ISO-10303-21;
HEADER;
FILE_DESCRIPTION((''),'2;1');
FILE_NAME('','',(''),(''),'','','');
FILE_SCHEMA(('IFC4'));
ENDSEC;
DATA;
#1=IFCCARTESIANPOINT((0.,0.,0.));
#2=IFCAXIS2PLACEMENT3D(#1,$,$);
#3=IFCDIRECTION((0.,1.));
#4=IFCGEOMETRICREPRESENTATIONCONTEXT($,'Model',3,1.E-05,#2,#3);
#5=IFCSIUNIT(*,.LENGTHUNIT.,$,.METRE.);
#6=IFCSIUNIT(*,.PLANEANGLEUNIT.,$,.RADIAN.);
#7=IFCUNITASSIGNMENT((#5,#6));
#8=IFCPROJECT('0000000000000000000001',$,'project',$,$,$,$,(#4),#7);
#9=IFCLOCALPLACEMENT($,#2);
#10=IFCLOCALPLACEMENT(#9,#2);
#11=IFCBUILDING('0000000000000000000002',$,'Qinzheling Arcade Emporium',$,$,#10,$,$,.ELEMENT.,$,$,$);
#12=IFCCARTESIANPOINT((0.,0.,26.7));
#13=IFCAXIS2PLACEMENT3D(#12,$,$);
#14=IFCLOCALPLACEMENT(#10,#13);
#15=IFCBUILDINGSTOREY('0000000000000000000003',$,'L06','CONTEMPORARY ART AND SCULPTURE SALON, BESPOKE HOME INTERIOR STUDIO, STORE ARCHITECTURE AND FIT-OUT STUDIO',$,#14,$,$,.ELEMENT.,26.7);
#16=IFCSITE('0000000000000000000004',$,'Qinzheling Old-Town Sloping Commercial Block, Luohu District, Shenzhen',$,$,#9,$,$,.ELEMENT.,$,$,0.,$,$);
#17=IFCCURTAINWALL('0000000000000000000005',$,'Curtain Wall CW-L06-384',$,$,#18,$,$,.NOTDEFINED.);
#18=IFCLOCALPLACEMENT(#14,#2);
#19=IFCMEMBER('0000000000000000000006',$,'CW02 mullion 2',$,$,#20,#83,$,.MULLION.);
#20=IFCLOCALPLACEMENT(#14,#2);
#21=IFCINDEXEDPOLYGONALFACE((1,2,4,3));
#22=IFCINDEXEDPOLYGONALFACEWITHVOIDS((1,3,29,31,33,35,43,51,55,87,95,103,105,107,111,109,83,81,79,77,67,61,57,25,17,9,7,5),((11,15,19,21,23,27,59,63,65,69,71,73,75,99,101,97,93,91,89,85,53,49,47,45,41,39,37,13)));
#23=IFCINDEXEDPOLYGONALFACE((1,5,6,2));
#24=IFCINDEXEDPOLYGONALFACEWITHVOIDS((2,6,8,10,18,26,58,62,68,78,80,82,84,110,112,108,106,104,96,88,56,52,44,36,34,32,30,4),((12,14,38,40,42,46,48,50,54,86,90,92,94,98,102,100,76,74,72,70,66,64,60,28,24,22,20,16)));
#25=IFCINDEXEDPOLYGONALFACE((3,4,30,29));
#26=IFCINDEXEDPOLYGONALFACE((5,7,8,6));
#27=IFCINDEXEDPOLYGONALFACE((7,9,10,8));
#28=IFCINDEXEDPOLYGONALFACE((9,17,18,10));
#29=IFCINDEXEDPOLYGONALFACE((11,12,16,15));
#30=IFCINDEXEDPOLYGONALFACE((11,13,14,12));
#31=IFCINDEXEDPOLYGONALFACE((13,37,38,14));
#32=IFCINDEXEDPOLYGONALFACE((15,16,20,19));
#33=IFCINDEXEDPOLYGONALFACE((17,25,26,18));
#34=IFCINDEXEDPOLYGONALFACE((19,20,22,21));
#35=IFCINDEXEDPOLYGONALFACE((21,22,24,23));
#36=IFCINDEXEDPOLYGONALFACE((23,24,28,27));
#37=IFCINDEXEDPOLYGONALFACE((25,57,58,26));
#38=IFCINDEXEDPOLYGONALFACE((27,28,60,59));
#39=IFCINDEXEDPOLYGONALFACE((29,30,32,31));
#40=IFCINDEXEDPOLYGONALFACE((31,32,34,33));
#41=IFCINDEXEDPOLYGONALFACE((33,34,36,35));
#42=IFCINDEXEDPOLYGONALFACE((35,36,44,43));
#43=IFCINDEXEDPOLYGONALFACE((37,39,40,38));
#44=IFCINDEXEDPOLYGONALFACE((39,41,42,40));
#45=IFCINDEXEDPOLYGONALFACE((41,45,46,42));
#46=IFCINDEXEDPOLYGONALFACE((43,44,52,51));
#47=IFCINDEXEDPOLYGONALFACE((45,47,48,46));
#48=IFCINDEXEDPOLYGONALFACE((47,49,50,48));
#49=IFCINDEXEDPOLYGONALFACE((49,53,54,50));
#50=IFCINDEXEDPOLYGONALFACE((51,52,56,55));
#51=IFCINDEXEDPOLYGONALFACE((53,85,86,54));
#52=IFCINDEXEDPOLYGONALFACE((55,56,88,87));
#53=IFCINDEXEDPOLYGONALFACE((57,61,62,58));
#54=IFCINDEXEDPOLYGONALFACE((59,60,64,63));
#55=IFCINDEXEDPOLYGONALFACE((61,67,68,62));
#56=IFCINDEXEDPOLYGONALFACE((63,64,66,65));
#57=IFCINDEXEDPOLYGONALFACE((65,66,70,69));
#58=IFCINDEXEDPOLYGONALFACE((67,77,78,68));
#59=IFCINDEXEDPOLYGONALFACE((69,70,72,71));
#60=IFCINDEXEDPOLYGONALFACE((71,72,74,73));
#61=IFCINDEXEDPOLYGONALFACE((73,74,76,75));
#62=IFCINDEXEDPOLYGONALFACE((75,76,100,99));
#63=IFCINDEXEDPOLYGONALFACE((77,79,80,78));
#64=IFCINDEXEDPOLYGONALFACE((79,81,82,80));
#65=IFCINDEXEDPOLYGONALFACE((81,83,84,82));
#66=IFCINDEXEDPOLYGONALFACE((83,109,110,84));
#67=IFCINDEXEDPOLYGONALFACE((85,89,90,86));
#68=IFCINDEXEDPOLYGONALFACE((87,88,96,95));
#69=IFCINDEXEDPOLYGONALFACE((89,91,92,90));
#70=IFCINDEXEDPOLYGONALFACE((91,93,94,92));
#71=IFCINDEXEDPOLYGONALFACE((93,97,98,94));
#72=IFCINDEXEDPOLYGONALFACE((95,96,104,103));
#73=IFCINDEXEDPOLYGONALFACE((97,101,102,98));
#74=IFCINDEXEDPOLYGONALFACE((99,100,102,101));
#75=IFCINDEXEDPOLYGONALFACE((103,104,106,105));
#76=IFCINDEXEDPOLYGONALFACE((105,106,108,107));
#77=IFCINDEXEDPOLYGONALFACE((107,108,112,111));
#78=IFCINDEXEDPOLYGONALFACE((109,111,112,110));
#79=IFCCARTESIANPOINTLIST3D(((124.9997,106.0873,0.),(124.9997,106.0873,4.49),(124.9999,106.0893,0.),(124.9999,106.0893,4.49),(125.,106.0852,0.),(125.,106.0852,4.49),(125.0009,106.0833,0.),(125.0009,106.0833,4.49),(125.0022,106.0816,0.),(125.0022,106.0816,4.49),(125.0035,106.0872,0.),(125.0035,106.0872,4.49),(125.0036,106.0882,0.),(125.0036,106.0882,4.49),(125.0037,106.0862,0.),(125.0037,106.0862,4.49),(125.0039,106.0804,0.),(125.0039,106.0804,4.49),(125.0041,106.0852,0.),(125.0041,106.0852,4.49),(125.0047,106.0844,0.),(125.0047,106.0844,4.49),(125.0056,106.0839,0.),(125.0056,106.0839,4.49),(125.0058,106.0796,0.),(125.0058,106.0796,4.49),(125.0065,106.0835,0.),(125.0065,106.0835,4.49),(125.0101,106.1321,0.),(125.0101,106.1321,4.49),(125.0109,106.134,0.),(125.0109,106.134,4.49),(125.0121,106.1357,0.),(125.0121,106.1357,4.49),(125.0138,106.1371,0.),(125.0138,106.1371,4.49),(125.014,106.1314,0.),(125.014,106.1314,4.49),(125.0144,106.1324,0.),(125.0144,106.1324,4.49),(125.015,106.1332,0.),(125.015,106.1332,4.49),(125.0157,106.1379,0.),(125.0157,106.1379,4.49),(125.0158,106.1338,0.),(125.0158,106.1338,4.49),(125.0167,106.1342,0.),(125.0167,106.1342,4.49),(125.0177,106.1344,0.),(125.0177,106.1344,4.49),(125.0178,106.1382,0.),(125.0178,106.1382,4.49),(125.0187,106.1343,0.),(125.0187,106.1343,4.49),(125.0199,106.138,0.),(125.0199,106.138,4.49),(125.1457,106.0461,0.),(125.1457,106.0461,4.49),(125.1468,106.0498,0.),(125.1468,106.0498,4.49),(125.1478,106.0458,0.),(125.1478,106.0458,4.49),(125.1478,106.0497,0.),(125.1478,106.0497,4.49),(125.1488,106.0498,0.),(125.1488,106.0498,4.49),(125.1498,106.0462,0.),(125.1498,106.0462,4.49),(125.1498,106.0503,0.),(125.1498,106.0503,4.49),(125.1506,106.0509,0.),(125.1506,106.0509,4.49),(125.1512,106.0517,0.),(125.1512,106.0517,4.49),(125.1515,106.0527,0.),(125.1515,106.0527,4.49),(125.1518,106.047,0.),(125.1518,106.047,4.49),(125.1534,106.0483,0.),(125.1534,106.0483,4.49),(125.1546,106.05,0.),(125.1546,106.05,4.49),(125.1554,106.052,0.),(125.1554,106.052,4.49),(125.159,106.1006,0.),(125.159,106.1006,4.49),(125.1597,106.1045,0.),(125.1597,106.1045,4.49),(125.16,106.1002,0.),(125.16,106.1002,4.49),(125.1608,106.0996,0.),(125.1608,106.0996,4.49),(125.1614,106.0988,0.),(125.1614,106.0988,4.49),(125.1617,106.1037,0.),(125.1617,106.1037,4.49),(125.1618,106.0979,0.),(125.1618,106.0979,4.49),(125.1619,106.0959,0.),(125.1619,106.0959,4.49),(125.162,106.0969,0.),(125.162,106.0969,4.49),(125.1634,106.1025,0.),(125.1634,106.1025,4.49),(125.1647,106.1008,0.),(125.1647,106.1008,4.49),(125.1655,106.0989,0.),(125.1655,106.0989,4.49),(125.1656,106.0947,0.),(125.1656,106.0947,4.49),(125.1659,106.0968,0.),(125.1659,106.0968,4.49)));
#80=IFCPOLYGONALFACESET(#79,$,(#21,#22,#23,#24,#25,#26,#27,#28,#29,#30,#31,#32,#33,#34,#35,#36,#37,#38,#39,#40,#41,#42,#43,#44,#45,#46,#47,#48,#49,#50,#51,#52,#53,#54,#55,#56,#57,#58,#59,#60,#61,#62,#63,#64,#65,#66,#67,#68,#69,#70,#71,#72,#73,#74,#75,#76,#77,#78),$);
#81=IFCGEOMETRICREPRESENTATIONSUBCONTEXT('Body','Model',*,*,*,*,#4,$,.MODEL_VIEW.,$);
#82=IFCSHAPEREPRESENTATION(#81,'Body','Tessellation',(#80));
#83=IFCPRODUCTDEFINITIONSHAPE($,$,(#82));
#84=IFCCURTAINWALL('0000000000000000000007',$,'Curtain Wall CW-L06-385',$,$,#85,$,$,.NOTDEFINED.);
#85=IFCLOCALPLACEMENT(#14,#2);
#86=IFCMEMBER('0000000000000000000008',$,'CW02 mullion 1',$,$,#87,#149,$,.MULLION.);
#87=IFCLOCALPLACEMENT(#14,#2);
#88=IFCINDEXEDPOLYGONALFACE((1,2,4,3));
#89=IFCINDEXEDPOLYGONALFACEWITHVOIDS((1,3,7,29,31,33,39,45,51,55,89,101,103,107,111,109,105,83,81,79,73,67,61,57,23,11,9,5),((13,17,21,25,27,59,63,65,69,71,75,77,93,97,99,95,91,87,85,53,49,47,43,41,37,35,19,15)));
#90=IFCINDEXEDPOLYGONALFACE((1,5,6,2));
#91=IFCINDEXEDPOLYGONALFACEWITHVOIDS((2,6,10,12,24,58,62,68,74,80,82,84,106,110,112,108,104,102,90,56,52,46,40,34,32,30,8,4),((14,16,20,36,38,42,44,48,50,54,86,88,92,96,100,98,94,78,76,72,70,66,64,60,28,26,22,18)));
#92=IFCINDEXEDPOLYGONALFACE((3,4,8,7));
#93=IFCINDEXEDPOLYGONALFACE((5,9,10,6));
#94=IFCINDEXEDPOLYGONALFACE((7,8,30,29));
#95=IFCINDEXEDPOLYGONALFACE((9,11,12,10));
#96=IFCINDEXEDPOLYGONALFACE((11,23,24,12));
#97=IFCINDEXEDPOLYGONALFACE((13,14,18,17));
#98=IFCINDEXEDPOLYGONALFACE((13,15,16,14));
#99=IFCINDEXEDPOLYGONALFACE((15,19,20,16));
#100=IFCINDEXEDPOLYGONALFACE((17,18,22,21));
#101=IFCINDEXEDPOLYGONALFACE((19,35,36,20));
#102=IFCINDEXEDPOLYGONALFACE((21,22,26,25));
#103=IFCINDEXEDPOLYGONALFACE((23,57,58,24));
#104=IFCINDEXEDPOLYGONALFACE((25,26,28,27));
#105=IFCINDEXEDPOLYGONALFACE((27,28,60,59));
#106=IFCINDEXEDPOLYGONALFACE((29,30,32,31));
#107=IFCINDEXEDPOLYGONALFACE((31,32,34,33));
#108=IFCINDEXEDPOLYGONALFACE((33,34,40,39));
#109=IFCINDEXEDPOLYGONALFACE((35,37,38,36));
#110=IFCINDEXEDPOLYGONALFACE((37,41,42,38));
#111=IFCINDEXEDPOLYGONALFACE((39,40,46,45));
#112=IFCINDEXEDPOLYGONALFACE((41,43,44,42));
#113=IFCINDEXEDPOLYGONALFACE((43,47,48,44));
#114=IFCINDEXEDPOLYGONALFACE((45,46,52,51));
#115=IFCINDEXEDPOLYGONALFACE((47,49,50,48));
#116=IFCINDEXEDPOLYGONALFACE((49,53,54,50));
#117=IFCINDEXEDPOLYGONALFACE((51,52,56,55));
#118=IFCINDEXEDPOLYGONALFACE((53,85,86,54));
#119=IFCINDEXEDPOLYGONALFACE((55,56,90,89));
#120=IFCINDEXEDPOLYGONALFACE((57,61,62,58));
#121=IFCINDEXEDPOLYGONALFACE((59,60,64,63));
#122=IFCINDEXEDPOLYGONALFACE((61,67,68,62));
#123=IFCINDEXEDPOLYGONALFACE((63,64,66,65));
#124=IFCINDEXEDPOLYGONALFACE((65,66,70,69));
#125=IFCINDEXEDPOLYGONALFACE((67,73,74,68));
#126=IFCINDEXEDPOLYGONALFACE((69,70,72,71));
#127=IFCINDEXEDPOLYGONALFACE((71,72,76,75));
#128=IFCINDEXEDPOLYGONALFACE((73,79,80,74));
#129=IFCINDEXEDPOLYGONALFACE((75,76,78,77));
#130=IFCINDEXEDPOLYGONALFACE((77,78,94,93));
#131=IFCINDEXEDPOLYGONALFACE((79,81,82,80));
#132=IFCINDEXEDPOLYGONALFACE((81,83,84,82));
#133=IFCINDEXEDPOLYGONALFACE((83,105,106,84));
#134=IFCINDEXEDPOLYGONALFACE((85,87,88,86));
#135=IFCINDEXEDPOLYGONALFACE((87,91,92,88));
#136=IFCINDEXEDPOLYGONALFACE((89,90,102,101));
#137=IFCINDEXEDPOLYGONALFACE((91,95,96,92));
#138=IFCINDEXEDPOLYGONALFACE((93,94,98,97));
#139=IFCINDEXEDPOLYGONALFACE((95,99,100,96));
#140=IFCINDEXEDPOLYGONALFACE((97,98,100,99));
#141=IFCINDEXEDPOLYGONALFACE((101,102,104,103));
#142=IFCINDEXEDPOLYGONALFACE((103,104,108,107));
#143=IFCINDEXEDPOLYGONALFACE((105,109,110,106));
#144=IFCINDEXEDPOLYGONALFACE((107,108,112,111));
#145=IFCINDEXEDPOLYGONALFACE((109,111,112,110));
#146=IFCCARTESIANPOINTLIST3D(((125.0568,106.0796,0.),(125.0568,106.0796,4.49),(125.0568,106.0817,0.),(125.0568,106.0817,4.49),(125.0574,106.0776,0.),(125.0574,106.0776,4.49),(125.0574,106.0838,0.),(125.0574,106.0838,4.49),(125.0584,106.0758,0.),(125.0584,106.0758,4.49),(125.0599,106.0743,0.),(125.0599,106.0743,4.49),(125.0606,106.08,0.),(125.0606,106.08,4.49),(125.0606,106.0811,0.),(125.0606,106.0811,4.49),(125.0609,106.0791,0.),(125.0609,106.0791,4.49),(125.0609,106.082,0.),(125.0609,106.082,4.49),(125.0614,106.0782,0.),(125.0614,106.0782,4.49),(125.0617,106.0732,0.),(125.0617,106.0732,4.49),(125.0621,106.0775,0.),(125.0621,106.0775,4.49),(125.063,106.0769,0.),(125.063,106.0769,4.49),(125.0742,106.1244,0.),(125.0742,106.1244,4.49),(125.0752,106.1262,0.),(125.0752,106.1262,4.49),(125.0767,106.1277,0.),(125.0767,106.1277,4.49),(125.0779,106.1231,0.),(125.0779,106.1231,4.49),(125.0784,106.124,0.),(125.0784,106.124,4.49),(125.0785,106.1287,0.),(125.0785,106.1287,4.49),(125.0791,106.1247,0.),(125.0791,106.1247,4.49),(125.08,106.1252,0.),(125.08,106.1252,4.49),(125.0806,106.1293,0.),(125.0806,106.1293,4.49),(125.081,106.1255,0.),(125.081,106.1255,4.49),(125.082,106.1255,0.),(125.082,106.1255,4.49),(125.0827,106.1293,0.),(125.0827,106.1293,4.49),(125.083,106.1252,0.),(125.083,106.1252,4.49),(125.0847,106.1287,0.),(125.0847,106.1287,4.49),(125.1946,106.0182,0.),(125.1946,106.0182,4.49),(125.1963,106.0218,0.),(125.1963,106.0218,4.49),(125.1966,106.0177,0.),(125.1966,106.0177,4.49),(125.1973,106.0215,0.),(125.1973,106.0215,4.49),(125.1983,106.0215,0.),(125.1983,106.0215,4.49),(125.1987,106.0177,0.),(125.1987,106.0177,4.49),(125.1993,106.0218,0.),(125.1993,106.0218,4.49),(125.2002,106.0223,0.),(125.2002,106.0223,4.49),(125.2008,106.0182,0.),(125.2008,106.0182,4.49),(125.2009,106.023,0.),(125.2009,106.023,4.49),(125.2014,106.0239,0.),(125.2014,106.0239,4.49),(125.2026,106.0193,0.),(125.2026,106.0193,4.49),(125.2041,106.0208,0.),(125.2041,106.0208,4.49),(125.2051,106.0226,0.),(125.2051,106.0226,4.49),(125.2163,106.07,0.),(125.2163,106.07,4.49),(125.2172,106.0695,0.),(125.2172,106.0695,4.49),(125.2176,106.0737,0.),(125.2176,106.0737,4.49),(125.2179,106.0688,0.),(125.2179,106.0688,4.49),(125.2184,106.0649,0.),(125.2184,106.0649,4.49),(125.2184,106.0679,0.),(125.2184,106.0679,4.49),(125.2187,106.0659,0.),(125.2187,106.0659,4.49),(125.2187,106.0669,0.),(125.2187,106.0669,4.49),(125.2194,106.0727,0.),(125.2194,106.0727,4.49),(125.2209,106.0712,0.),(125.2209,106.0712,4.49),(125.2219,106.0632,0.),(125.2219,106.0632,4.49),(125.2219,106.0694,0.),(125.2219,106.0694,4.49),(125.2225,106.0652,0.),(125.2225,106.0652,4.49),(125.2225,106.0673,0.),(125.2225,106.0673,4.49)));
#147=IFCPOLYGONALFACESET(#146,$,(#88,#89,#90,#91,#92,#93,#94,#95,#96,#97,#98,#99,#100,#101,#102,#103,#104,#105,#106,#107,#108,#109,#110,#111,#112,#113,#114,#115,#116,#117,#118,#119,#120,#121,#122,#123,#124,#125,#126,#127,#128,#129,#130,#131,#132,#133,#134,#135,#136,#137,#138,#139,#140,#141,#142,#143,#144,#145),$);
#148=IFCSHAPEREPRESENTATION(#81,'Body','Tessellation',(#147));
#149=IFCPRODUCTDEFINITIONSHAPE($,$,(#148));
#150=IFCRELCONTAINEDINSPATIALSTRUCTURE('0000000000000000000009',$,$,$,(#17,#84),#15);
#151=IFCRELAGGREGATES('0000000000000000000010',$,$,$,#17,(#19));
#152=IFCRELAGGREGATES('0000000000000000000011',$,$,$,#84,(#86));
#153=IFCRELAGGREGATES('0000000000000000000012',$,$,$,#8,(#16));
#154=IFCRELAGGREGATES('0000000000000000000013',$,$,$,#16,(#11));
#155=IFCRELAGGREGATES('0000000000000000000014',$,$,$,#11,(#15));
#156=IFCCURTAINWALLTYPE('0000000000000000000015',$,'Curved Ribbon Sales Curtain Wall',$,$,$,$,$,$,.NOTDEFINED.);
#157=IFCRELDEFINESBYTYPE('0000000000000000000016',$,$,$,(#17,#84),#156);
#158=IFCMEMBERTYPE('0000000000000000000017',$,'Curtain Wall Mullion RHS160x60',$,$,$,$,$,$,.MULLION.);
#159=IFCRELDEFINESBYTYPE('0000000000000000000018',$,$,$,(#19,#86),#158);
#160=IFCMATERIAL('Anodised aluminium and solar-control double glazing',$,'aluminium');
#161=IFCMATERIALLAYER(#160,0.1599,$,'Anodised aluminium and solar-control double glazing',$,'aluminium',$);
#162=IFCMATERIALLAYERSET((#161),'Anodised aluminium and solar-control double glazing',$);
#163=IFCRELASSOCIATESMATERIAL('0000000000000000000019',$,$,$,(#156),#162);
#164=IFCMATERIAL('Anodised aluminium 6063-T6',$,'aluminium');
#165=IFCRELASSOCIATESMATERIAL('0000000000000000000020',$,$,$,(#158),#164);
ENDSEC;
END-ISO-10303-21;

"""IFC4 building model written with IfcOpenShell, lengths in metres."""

from ifc_helpers import new_model, si_unit, direction, frame, origin, origin_2d, place, context, subcontext, project, spatial, hollow_rectangle, extrude, material, layer, layer_set, material_profile, profile_set, type_object, element, aggregate, save


model = new_model("IFC4")

# Units and contexts
model_context = context("Model", 3, precision=1e-05, world=origin(), true_north=direction((0.0, 1.0)))
body_context = subcontext(model_context, "Body", "Model", "MODEL_VIEW")
ifc_project = project(units=[si_unit("LENGTHUNIT", "METRE"), si_unit("PLANEANGLEUNIT", "RADIAN")], contexts=[model_context])

# Site, building, storey
site_placement = place(None, origin())
site = spatial("IfcSite", under=ifc_project, at=site_placement, Name="Qinzheling Old-Town Sloping Commercial Block, Luohu District, Shenzhen", CompositionType="ELEMENT", RefElevation=0.0)
building_placement = place(site_placement, origin())
building = spatial("IfcBuilding", under=site, at=building_placement, Name="Qinzheling Arcade Emporium", CompositionType="ELEMENT")
storey_placement = place(building_placement, frame((0.0, 0.0, 26.7)))
storey = spatial("IfcBuildingStorey", under=building, at=storey_placement, Name="L06", Description="CONTEMPORARY ART AND SCULPTURE SALON, BESPOKE HOME INTERIOR STUDIO, STORE ARCHITECTURE AND FIT-OUT STUDIO", CompositionType="ELEMENT", Elevation=26.7)

# Curtain wall, member
ifc_material_1 = material(Name="Anodised aluminium and solar-control double glazing", Category="aluminium")
ifc_layer_1 = layer(ifc_material_1, 0.1599, Name="Anodised aluminium and solar-control double glazing", Category="aluminium")
ifc_layer_set_1 = layer_set([ifc_layer_1], Name="Anodised aluminium and solar-control double glazing")
curtain_wall_type = type_object("IfcCurtainWallType", Name="Curved Ribbon Sales Curtain Wall", PredefinedType="NOTDEFINED", material=ifc_layer_set_1)
curtain_wall_1_placement = place(storey_placement, origin())
curtain_wall_1 = element("IfcCurtainWall", 1, at=curtain_wall_1_placement, inside=storey, type_object=curtain_wall_type, Name="Curtain Wall CW-L06-384", PredefinedType="NOTDEFINED")
ifc_material_2 = material(Name="Anodised aluminium 6063-T6", Category="aluminium")
ifc_material_profile_1 = material_profile(ifc_material_2, hollow_rectangle(XDim=0.0601, YDim=0.1599, WallThickness=0.0039, InnerFilletRadius=0.0039, OuterFilletRadius=0.0081, at=origin_2d()), Name="RHS 160x60x4", Category="aluminium")
ifc_profile_set_1 = profile_set([ifc_material_profile_1], Name="Anodised aluminium 6063-T6")
member_type_1 = type_object("IfcMemberType", Name="Curtain Wall Mullion RHS160x60", PredefinedType="MULLION", material=ifc_profile_set_1)
member_1_placement = place(storey_placement, frame((125.0828, 106.092, 0.0), z_axis=(0.0, 0.0, 1.0), x_axis=(0.233488, 0.97236, 0.0)))
member_1 = element("IfcMember", 2, at=member_1_placement, type_object=member_type_1, Name="CW02 mullion 2", PredefinedType="MULLION", context=body_context, shape_type="SweptSolid", body=[
    extrude(hollow_rectangle(XDim=0.0601, YDim=0.1599, WallThickness=0.0039, InnerFilletRadius=0.0039, OuterFilletRadius=0.0081, at=origin_2d()), origin(), (0.0, 0.0, 1.0), 4.49),
])

# Curtain wall, member
curtain_wall_2_placement = place(storey_placement, origin())
curtain_wall_2 = element("IfcCurtainWall", 3, at=curtain_wall_2_placement, inside=storey, type_object=curtain_wall_type, Name="Curtain Wall CW-L06-385", PredefinedType="NOTDEFINED")
member_2_placement = place(storey_placement, frame((125.1396, 106.0735, 0.0), z_axis=(0.0, 0.0, 1.0), x_axis=(0.382506, 0.923953, 0.0)))
member_2 = element("IfcMember", 4, at=member_2_placement, type_object=member_type_1, Name="CW02 mullion 1", PredefinedType="MULLION", context=body_context, shape_type="SweptSolid", body=[
    extrude(hollow_rectangle(XDim=0.0601, YDim=0.1599, WallThickness=0.0039, InnerFilletRadius=0.0039, OuterFilletRadius=0.0081, at=origin_2d()), origin(), (0.0, 0.0, 1.0), 4.49),
])

aggregate(curtain_wall_1, [member_1])
aggregate(curtain_wall_2, [member_2])

save(model, "model.ifc")
